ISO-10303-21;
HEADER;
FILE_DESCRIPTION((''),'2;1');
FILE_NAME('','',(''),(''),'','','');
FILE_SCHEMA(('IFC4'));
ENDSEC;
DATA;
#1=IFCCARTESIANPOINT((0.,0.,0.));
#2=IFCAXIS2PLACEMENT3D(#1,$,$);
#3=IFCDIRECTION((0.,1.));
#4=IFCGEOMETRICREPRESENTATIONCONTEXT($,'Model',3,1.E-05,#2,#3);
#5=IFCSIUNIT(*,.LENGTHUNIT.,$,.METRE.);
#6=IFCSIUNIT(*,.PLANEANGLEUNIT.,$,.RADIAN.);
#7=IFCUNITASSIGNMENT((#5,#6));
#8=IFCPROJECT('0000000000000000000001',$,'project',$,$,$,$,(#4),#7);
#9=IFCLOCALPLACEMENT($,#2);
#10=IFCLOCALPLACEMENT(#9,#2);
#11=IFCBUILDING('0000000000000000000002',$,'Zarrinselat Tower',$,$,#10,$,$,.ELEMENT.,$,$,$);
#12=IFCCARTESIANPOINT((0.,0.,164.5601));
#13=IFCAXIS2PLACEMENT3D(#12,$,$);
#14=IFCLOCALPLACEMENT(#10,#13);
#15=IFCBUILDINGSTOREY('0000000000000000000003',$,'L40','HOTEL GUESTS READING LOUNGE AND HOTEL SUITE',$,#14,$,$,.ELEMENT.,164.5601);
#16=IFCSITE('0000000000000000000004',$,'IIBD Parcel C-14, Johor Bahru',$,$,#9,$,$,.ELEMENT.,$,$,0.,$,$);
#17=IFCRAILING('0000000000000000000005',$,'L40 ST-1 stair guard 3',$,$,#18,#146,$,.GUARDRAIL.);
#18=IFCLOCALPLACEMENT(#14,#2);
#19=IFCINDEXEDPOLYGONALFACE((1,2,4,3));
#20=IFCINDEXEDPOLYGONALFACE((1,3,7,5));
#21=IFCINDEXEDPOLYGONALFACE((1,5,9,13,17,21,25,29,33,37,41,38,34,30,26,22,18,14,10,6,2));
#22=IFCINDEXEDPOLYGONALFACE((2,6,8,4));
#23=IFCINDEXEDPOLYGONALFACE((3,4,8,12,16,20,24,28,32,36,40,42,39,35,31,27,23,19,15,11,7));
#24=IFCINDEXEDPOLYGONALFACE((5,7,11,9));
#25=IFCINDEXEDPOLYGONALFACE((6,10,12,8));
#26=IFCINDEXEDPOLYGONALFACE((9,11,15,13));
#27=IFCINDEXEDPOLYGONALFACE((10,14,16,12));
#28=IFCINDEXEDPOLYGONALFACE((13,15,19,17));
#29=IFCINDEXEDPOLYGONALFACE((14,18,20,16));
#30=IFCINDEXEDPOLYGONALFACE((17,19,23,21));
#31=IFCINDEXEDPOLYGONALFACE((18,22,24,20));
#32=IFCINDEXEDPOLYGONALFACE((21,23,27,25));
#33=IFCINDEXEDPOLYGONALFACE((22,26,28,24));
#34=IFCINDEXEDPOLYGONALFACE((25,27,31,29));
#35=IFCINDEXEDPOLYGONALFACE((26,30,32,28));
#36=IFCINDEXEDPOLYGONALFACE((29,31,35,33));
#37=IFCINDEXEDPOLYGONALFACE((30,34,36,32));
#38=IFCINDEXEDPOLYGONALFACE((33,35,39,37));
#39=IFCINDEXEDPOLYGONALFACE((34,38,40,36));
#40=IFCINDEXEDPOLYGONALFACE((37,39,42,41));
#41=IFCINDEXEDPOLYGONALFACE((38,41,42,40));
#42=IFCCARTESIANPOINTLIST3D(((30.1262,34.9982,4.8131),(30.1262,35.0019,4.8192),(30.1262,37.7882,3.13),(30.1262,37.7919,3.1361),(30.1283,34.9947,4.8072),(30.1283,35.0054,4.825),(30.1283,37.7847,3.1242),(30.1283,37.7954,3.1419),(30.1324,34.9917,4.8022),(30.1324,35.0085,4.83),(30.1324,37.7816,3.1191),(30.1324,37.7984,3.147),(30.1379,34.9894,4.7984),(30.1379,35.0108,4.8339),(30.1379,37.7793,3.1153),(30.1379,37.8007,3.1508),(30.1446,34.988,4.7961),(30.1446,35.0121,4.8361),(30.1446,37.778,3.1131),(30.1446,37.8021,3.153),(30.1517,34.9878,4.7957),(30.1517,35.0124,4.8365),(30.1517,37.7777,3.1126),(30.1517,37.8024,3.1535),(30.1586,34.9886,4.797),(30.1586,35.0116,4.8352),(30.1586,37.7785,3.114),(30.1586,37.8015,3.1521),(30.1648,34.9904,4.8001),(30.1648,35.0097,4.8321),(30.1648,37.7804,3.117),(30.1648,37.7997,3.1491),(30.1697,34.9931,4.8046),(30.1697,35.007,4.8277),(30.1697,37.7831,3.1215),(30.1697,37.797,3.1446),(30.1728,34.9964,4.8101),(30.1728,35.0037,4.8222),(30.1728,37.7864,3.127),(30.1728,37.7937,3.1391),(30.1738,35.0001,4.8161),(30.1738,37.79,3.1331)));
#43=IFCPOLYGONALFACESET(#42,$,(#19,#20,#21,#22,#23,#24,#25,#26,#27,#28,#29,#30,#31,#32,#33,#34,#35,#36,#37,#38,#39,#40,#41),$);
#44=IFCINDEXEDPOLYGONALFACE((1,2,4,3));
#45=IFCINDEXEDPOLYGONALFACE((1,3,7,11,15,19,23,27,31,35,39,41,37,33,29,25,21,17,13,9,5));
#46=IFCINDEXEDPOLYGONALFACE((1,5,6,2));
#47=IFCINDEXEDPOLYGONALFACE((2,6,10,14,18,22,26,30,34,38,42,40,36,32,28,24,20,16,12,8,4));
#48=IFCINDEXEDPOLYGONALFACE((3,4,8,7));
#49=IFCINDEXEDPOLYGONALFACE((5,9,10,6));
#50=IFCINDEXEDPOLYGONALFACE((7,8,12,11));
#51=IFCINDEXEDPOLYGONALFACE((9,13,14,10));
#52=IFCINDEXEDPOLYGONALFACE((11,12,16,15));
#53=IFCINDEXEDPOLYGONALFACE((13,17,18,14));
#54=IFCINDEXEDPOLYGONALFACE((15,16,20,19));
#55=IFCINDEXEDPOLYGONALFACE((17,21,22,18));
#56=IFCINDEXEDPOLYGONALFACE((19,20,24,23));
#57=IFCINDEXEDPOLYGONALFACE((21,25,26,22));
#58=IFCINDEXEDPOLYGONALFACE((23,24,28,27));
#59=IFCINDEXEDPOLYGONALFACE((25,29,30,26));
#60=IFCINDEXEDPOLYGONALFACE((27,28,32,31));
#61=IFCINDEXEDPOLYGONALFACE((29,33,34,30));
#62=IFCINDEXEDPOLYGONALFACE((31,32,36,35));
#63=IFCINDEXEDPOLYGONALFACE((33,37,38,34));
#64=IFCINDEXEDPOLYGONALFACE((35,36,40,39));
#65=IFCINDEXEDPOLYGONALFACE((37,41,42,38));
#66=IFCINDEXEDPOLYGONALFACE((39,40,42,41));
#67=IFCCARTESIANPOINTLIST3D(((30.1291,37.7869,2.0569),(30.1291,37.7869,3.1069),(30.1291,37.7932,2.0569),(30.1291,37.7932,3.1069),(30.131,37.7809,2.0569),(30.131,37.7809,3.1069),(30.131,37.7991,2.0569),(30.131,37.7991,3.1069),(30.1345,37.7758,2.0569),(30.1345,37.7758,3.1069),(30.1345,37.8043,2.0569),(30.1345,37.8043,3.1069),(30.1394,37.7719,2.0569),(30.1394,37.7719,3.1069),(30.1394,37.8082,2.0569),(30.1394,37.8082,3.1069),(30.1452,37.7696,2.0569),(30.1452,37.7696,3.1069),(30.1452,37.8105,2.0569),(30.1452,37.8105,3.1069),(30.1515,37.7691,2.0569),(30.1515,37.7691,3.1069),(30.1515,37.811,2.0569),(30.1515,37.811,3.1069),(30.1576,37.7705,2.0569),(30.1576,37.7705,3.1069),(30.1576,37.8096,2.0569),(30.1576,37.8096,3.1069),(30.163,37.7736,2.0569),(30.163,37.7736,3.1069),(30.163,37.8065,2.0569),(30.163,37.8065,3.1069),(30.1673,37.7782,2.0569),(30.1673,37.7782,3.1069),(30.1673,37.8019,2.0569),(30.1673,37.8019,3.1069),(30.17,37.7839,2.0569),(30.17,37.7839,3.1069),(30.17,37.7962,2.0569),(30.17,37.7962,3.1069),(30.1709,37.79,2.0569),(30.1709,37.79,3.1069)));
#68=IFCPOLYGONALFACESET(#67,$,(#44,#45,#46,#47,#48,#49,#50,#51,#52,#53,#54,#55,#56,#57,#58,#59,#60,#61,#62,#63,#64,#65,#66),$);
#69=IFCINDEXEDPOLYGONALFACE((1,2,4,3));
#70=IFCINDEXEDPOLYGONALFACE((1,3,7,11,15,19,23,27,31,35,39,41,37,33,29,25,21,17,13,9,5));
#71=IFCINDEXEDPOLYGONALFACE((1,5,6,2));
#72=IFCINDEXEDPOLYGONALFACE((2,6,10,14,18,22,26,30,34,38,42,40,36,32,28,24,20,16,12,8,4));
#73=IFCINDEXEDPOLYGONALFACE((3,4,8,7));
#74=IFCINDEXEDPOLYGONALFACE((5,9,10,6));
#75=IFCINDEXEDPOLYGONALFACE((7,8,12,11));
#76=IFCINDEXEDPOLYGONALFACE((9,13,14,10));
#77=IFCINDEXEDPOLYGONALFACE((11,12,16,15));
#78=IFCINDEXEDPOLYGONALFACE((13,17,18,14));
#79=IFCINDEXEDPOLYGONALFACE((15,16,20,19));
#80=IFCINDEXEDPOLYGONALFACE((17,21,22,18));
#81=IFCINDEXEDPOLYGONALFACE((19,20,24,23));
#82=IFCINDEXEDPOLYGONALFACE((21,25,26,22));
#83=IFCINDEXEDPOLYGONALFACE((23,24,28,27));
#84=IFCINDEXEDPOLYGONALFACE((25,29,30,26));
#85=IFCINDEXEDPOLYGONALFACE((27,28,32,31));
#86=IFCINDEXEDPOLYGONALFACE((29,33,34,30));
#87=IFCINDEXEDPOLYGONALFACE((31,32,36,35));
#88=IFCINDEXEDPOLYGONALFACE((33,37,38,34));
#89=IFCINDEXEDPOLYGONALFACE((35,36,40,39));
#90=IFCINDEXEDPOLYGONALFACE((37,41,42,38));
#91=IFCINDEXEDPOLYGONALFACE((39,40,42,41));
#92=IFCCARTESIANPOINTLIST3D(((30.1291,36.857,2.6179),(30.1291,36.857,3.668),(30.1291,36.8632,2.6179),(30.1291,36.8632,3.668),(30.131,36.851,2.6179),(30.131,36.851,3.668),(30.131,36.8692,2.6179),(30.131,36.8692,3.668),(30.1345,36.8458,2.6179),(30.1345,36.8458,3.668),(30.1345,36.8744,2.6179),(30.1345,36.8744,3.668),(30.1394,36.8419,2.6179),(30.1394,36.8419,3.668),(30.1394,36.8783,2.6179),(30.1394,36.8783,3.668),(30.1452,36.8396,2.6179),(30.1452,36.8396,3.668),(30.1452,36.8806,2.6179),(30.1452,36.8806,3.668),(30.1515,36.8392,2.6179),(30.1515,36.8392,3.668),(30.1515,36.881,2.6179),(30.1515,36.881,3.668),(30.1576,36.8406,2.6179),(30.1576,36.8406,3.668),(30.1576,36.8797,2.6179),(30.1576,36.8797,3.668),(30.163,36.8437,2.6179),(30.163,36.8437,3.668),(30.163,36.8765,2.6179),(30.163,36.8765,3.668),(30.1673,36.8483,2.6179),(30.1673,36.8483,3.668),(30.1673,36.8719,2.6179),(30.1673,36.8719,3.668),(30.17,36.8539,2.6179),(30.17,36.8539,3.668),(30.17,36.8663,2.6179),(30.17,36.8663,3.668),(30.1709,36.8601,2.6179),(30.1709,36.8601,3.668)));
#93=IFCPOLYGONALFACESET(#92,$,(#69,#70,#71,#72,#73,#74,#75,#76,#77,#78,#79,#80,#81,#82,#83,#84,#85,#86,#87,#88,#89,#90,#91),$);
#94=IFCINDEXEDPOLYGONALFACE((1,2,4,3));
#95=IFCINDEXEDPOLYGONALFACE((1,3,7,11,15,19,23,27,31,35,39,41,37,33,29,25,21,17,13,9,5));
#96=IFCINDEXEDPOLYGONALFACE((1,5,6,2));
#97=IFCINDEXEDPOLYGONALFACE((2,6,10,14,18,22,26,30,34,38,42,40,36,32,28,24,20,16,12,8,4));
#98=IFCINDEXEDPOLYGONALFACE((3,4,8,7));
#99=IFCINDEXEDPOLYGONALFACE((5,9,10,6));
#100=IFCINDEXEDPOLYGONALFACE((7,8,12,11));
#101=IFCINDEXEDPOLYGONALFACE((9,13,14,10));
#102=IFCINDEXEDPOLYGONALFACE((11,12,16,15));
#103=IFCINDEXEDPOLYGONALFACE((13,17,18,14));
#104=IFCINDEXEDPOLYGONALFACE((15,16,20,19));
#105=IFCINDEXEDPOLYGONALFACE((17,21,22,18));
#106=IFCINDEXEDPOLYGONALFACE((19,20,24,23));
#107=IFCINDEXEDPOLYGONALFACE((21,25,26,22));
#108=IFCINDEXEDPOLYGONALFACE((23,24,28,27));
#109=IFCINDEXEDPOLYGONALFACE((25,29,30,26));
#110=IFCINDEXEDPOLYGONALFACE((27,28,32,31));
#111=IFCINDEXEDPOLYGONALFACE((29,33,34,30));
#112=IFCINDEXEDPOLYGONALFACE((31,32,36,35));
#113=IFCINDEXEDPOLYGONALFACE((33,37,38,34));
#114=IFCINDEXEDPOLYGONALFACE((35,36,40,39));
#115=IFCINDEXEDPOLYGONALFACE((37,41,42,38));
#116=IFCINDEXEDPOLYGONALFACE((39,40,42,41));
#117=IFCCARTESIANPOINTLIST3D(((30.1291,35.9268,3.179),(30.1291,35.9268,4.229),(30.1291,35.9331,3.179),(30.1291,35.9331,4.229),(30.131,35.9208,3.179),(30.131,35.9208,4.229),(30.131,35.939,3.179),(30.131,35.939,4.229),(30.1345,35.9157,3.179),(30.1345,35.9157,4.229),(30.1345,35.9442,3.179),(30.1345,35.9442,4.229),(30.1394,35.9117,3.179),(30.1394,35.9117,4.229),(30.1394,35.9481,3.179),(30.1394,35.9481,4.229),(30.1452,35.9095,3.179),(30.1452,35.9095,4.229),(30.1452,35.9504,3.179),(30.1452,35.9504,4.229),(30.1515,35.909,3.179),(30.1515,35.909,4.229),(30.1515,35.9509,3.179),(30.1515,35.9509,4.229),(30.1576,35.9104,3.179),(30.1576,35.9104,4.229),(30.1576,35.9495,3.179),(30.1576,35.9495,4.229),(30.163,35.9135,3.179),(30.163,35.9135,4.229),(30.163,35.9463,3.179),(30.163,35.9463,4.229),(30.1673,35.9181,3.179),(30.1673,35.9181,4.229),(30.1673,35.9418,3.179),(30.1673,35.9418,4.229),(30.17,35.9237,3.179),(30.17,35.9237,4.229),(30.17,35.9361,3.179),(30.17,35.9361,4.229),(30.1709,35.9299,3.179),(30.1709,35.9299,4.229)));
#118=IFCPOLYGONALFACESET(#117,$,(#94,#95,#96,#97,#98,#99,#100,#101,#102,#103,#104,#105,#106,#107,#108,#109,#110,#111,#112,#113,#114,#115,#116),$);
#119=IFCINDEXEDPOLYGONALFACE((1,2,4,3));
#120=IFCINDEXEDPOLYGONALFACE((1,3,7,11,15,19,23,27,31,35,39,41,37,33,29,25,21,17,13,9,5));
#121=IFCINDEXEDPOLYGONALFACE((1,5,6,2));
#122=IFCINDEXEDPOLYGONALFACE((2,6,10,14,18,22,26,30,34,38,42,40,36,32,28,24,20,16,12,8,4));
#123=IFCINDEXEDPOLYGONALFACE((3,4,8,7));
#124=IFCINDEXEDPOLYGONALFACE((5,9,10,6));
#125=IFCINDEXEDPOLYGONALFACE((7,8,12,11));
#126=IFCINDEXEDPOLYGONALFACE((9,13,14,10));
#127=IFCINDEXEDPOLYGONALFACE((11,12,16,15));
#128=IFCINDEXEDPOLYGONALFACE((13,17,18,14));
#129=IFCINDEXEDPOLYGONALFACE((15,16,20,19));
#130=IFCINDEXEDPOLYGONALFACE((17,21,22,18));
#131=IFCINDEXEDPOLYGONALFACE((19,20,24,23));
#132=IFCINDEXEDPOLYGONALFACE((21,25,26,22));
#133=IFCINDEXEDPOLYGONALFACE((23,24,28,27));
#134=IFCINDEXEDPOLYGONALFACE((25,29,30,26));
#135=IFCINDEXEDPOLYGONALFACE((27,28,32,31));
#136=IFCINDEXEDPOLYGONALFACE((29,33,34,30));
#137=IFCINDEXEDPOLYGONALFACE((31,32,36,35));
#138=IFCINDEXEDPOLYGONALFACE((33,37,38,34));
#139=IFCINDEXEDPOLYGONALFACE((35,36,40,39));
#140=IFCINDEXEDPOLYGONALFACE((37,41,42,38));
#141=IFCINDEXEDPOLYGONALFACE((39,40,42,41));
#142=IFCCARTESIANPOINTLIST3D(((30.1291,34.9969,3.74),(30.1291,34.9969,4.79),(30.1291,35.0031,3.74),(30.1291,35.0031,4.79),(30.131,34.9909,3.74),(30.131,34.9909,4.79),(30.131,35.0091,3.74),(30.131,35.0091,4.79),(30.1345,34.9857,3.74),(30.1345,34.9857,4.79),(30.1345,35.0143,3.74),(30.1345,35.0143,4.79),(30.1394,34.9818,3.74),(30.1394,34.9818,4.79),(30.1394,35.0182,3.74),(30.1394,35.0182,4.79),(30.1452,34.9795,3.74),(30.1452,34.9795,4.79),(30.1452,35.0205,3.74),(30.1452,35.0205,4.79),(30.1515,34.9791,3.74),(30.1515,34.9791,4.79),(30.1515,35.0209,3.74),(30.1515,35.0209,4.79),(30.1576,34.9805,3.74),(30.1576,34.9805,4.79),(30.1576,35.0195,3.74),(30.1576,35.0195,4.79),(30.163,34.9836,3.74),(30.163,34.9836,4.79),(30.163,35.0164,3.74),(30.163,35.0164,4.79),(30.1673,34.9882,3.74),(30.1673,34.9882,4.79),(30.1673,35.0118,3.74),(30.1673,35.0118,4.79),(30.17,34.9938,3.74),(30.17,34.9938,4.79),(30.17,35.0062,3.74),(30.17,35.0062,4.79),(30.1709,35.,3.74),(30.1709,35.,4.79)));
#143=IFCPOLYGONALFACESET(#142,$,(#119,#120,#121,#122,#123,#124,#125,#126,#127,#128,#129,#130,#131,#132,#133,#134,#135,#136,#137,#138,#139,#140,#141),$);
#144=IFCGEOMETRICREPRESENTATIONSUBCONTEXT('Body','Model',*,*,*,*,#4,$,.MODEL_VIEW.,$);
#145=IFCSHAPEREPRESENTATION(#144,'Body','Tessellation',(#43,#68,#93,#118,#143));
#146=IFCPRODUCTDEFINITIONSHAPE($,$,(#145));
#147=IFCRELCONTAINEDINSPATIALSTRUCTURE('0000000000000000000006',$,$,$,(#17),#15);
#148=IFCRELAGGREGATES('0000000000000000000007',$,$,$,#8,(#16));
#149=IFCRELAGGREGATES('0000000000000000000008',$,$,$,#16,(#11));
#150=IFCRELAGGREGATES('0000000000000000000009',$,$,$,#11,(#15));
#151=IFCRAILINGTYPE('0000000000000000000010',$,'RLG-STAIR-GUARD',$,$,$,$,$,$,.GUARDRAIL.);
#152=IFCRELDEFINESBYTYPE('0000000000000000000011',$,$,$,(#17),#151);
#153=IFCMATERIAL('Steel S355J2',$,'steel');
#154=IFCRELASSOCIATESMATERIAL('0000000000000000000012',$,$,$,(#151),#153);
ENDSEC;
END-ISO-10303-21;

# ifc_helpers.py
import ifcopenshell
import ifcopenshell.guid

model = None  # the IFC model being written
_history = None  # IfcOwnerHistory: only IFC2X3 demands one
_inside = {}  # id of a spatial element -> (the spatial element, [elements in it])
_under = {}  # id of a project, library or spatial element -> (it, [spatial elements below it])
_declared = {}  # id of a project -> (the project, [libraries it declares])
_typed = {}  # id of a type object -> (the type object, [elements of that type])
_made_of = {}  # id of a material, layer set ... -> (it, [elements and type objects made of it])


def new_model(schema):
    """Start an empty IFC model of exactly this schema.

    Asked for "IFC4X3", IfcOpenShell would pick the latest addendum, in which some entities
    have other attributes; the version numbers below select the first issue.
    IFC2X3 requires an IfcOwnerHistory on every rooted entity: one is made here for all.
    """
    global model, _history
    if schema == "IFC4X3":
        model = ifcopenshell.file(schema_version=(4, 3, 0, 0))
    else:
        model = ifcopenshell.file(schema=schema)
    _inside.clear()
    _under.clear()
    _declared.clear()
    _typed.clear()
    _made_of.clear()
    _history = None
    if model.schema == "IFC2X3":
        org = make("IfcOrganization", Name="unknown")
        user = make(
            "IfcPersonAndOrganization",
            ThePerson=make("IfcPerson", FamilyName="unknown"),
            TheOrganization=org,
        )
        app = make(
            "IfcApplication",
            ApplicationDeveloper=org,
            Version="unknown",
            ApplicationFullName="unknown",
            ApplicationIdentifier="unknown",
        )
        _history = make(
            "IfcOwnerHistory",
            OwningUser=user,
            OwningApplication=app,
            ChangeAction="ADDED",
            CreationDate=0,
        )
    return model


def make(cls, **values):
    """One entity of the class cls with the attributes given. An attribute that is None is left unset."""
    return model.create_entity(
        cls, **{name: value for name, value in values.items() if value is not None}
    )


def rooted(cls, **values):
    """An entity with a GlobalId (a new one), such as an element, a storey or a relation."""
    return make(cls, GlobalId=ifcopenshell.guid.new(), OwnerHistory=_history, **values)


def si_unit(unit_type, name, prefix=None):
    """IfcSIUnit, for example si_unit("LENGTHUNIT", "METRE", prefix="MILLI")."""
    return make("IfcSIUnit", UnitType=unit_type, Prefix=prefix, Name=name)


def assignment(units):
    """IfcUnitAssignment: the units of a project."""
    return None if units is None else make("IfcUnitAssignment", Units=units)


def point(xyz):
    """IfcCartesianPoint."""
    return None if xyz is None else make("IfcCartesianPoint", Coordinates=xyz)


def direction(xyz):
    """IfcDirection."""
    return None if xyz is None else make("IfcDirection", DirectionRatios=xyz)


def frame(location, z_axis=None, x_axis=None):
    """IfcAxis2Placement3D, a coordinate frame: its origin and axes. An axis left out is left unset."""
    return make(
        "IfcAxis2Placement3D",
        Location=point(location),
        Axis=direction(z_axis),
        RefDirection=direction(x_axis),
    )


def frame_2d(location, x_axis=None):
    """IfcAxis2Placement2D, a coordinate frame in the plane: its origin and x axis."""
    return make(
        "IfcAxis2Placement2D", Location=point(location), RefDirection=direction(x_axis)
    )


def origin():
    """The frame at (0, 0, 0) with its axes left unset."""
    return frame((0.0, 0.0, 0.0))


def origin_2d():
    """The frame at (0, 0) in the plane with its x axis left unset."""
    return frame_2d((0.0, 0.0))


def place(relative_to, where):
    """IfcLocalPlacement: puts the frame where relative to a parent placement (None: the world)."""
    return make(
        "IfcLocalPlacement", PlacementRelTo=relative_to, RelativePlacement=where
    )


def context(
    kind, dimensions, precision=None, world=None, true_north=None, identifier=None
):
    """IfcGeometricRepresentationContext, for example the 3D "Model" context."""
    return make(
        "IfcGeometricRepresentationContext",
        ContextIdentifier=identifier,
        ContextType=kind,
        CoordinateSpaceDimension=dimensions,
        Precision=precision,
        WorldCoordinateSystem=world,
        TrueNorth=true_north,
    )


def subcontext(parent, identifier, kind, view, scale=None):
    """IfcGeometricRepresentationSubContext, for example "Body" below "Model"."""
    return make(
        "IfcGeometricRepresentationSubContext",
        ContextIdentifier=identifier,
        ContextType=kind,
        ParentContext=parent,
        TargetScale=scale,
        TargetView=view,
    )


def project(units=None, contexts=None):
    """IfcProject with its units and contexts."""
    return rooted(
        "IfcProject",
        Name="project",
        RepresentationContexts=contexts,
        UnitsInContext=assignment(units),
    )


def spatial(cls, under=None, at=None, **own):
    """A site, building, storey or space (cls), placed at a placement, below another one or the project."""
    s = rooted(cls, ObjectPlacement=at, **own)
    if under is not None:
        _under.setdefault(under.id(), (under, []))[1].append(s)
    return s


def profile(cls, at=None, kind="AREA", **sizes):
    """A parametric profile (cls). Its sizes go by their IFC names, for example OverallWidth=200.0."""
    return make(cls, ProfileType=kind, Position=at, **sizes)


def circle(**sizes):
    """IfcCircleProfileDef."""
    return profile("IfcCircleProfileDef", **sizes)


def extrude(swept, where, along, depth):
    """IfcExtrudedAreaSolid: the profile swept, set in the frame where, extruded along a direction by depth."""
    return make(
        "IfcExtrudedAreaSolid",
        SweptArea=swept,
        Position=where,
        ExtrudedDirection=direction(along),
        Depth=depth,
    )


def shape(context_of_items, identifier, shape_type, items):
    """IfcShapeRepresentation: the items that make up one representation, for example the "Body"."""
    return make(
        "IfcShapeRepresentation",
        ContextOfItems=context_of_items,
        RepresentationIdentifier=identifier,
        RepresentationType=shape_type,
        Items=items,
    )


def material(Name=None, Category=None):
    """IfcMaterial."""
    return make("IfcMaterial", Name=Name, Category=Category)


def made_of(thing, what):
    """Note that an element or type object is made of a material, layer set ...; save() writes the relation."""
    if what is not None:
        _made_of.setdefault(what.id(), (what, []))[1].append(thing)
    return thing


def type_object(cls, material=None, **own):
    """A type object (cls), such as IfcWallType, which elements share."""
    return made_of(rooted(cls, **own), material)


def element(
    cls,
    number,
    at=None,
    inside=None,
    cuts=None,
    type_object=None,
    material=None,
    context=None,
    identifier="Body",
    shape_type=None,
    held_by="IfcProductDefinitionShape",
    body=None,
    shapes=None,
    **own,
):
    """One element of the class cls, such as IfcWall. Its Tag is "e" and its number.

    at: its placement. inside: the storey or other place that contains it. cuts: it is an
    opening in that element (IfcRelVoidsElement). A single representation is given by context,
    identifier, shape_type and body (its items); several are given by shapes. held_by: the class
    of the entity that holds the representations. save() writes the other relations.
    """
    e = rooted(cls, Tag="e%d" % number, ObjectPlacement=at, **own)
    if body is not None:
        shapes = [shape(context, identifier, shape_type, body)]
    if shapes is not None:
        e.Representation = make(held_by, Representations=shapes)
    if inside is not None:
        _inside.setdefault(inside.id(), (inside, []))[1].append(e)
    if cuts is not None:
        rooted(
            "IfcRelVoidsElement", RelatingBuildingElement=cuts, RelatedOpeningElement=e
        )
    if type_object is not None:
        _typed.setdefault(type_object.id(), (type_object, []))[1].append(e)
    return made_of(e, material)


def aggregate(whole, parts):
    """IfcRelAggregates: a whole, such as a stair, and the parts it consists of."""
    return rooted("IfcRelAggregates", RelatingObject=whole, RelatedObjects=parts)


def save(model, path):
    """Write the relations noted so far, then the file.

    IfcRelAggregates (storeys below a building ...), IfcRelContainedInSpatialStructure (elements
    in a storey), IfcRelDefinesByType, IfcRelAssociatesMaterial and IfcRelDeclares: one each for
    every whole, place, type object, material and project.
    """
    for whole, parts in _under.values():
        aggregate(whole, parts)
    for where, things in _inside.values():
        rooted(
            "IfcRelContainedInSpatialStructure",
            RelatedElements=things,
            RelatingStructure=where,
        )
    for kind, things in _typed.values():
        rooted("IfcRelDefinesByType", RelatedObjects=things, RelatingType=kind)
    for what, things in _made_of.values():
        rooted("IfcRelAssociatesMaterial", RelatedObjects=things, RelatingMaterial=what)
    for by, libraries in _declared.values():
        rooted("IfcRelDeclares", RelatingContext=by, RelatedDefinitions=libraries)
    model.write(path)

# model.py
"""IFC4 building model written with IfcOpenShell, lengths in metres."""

from ifc_helpers import new_model, si_unit, direction, frame, origin, origin_2d, place, context, subcontext, project, spatial, circle, extrude, material, type_object, element, save


model = new_model("IFC4")

# Units and contexts
model_context = context("Model", 3, precision=1e-05, world=origin(), true_north=direction((0.0, 1.0)))
body_context = subcontext(model_context, "Body", "Model", "MODEL_VIEW")
ifc_project = project(units=[si_unit("LENGTHUNIT", "METRE"), si_unit("PLANEANGLEUNIT", "RADIAN")], contexts=[model_context])

# Site, building, storey
site_placement = place(None, origin())
site = spatial("IfcSite", under=ifc_project, at=site_placement, Name="IIBD Parcel C-14, Johor Bahru", CompositionType="ELEMENT", RefElevation=0.0)
building_placement = place(site_placement, origin())
building = spatial("IfcBuilding", under=site, at=building_placement, Name="Zarrinselat Tower", CompositionType="ELEMENT")
storey_placement = place(building_placement, frame((0.0, 0.0, 164.5601)))
storey = spatial("IfcBuildingStorey", under=building, at=storey_placement, Name="L40", Description="HOTEL GUESTS READING LOUNGE AND HOTEL SUITE", CompositionType="ELEMENT", Elevation=164.5601)

# Railing
ifc_material_1 = material(Name="Steel S355J2", Category="steel")
railing_type_1 = type_object("IfcRailingType", Name="RLG-STAIR-GUARD", PredefinedType="GUARDRAIL", material=ifc_material_1)
railing_1_placement = place(storey_placement, frame((30.1499, 37.79, 2.0569)))
element("IfcRailing", 1, at=railing_1_placement, inside=storey, type_object=railing_type_1, Name="L40 ST-1 stair guard 3", PredefinedType="GUARDRAIL", context=body_context, shape_type="SweptSolid", body=[
    extrude(circle(Radius=0.0239, at=origin_2d()), frame((0.0, 0.0, 1.0762), z_axis=(0.0, -0.856261, 0.516544), x_axis=(1.0, 0.0, 0.0)), (0.0, 0.0, 1.0), 3.2583),
    extrude(circle(Radius=0.021, at=origin_2d()), origin(), (0.0, 0.0, 1.0), 1.05),
    extrude(circle(Radius=0.021, at=origin_2d()), frame((0.0, -0.9299, 0.561)), (0.0, 0.0, 1.0), 1.05),
    extrude(circle(Radius=0.021, at=origin_2d()), frame((0.0, -1.8601, 1.1221)), (0.0, 0.0, 1.0), 1.05),
    extrude(circle(Radius=0.021, at=origin_2d()), frame((0.0, -2.79, 1.6831)), (0.0, 0.0, 1.0), 1.05),
])

save(model, "model.ifc")
